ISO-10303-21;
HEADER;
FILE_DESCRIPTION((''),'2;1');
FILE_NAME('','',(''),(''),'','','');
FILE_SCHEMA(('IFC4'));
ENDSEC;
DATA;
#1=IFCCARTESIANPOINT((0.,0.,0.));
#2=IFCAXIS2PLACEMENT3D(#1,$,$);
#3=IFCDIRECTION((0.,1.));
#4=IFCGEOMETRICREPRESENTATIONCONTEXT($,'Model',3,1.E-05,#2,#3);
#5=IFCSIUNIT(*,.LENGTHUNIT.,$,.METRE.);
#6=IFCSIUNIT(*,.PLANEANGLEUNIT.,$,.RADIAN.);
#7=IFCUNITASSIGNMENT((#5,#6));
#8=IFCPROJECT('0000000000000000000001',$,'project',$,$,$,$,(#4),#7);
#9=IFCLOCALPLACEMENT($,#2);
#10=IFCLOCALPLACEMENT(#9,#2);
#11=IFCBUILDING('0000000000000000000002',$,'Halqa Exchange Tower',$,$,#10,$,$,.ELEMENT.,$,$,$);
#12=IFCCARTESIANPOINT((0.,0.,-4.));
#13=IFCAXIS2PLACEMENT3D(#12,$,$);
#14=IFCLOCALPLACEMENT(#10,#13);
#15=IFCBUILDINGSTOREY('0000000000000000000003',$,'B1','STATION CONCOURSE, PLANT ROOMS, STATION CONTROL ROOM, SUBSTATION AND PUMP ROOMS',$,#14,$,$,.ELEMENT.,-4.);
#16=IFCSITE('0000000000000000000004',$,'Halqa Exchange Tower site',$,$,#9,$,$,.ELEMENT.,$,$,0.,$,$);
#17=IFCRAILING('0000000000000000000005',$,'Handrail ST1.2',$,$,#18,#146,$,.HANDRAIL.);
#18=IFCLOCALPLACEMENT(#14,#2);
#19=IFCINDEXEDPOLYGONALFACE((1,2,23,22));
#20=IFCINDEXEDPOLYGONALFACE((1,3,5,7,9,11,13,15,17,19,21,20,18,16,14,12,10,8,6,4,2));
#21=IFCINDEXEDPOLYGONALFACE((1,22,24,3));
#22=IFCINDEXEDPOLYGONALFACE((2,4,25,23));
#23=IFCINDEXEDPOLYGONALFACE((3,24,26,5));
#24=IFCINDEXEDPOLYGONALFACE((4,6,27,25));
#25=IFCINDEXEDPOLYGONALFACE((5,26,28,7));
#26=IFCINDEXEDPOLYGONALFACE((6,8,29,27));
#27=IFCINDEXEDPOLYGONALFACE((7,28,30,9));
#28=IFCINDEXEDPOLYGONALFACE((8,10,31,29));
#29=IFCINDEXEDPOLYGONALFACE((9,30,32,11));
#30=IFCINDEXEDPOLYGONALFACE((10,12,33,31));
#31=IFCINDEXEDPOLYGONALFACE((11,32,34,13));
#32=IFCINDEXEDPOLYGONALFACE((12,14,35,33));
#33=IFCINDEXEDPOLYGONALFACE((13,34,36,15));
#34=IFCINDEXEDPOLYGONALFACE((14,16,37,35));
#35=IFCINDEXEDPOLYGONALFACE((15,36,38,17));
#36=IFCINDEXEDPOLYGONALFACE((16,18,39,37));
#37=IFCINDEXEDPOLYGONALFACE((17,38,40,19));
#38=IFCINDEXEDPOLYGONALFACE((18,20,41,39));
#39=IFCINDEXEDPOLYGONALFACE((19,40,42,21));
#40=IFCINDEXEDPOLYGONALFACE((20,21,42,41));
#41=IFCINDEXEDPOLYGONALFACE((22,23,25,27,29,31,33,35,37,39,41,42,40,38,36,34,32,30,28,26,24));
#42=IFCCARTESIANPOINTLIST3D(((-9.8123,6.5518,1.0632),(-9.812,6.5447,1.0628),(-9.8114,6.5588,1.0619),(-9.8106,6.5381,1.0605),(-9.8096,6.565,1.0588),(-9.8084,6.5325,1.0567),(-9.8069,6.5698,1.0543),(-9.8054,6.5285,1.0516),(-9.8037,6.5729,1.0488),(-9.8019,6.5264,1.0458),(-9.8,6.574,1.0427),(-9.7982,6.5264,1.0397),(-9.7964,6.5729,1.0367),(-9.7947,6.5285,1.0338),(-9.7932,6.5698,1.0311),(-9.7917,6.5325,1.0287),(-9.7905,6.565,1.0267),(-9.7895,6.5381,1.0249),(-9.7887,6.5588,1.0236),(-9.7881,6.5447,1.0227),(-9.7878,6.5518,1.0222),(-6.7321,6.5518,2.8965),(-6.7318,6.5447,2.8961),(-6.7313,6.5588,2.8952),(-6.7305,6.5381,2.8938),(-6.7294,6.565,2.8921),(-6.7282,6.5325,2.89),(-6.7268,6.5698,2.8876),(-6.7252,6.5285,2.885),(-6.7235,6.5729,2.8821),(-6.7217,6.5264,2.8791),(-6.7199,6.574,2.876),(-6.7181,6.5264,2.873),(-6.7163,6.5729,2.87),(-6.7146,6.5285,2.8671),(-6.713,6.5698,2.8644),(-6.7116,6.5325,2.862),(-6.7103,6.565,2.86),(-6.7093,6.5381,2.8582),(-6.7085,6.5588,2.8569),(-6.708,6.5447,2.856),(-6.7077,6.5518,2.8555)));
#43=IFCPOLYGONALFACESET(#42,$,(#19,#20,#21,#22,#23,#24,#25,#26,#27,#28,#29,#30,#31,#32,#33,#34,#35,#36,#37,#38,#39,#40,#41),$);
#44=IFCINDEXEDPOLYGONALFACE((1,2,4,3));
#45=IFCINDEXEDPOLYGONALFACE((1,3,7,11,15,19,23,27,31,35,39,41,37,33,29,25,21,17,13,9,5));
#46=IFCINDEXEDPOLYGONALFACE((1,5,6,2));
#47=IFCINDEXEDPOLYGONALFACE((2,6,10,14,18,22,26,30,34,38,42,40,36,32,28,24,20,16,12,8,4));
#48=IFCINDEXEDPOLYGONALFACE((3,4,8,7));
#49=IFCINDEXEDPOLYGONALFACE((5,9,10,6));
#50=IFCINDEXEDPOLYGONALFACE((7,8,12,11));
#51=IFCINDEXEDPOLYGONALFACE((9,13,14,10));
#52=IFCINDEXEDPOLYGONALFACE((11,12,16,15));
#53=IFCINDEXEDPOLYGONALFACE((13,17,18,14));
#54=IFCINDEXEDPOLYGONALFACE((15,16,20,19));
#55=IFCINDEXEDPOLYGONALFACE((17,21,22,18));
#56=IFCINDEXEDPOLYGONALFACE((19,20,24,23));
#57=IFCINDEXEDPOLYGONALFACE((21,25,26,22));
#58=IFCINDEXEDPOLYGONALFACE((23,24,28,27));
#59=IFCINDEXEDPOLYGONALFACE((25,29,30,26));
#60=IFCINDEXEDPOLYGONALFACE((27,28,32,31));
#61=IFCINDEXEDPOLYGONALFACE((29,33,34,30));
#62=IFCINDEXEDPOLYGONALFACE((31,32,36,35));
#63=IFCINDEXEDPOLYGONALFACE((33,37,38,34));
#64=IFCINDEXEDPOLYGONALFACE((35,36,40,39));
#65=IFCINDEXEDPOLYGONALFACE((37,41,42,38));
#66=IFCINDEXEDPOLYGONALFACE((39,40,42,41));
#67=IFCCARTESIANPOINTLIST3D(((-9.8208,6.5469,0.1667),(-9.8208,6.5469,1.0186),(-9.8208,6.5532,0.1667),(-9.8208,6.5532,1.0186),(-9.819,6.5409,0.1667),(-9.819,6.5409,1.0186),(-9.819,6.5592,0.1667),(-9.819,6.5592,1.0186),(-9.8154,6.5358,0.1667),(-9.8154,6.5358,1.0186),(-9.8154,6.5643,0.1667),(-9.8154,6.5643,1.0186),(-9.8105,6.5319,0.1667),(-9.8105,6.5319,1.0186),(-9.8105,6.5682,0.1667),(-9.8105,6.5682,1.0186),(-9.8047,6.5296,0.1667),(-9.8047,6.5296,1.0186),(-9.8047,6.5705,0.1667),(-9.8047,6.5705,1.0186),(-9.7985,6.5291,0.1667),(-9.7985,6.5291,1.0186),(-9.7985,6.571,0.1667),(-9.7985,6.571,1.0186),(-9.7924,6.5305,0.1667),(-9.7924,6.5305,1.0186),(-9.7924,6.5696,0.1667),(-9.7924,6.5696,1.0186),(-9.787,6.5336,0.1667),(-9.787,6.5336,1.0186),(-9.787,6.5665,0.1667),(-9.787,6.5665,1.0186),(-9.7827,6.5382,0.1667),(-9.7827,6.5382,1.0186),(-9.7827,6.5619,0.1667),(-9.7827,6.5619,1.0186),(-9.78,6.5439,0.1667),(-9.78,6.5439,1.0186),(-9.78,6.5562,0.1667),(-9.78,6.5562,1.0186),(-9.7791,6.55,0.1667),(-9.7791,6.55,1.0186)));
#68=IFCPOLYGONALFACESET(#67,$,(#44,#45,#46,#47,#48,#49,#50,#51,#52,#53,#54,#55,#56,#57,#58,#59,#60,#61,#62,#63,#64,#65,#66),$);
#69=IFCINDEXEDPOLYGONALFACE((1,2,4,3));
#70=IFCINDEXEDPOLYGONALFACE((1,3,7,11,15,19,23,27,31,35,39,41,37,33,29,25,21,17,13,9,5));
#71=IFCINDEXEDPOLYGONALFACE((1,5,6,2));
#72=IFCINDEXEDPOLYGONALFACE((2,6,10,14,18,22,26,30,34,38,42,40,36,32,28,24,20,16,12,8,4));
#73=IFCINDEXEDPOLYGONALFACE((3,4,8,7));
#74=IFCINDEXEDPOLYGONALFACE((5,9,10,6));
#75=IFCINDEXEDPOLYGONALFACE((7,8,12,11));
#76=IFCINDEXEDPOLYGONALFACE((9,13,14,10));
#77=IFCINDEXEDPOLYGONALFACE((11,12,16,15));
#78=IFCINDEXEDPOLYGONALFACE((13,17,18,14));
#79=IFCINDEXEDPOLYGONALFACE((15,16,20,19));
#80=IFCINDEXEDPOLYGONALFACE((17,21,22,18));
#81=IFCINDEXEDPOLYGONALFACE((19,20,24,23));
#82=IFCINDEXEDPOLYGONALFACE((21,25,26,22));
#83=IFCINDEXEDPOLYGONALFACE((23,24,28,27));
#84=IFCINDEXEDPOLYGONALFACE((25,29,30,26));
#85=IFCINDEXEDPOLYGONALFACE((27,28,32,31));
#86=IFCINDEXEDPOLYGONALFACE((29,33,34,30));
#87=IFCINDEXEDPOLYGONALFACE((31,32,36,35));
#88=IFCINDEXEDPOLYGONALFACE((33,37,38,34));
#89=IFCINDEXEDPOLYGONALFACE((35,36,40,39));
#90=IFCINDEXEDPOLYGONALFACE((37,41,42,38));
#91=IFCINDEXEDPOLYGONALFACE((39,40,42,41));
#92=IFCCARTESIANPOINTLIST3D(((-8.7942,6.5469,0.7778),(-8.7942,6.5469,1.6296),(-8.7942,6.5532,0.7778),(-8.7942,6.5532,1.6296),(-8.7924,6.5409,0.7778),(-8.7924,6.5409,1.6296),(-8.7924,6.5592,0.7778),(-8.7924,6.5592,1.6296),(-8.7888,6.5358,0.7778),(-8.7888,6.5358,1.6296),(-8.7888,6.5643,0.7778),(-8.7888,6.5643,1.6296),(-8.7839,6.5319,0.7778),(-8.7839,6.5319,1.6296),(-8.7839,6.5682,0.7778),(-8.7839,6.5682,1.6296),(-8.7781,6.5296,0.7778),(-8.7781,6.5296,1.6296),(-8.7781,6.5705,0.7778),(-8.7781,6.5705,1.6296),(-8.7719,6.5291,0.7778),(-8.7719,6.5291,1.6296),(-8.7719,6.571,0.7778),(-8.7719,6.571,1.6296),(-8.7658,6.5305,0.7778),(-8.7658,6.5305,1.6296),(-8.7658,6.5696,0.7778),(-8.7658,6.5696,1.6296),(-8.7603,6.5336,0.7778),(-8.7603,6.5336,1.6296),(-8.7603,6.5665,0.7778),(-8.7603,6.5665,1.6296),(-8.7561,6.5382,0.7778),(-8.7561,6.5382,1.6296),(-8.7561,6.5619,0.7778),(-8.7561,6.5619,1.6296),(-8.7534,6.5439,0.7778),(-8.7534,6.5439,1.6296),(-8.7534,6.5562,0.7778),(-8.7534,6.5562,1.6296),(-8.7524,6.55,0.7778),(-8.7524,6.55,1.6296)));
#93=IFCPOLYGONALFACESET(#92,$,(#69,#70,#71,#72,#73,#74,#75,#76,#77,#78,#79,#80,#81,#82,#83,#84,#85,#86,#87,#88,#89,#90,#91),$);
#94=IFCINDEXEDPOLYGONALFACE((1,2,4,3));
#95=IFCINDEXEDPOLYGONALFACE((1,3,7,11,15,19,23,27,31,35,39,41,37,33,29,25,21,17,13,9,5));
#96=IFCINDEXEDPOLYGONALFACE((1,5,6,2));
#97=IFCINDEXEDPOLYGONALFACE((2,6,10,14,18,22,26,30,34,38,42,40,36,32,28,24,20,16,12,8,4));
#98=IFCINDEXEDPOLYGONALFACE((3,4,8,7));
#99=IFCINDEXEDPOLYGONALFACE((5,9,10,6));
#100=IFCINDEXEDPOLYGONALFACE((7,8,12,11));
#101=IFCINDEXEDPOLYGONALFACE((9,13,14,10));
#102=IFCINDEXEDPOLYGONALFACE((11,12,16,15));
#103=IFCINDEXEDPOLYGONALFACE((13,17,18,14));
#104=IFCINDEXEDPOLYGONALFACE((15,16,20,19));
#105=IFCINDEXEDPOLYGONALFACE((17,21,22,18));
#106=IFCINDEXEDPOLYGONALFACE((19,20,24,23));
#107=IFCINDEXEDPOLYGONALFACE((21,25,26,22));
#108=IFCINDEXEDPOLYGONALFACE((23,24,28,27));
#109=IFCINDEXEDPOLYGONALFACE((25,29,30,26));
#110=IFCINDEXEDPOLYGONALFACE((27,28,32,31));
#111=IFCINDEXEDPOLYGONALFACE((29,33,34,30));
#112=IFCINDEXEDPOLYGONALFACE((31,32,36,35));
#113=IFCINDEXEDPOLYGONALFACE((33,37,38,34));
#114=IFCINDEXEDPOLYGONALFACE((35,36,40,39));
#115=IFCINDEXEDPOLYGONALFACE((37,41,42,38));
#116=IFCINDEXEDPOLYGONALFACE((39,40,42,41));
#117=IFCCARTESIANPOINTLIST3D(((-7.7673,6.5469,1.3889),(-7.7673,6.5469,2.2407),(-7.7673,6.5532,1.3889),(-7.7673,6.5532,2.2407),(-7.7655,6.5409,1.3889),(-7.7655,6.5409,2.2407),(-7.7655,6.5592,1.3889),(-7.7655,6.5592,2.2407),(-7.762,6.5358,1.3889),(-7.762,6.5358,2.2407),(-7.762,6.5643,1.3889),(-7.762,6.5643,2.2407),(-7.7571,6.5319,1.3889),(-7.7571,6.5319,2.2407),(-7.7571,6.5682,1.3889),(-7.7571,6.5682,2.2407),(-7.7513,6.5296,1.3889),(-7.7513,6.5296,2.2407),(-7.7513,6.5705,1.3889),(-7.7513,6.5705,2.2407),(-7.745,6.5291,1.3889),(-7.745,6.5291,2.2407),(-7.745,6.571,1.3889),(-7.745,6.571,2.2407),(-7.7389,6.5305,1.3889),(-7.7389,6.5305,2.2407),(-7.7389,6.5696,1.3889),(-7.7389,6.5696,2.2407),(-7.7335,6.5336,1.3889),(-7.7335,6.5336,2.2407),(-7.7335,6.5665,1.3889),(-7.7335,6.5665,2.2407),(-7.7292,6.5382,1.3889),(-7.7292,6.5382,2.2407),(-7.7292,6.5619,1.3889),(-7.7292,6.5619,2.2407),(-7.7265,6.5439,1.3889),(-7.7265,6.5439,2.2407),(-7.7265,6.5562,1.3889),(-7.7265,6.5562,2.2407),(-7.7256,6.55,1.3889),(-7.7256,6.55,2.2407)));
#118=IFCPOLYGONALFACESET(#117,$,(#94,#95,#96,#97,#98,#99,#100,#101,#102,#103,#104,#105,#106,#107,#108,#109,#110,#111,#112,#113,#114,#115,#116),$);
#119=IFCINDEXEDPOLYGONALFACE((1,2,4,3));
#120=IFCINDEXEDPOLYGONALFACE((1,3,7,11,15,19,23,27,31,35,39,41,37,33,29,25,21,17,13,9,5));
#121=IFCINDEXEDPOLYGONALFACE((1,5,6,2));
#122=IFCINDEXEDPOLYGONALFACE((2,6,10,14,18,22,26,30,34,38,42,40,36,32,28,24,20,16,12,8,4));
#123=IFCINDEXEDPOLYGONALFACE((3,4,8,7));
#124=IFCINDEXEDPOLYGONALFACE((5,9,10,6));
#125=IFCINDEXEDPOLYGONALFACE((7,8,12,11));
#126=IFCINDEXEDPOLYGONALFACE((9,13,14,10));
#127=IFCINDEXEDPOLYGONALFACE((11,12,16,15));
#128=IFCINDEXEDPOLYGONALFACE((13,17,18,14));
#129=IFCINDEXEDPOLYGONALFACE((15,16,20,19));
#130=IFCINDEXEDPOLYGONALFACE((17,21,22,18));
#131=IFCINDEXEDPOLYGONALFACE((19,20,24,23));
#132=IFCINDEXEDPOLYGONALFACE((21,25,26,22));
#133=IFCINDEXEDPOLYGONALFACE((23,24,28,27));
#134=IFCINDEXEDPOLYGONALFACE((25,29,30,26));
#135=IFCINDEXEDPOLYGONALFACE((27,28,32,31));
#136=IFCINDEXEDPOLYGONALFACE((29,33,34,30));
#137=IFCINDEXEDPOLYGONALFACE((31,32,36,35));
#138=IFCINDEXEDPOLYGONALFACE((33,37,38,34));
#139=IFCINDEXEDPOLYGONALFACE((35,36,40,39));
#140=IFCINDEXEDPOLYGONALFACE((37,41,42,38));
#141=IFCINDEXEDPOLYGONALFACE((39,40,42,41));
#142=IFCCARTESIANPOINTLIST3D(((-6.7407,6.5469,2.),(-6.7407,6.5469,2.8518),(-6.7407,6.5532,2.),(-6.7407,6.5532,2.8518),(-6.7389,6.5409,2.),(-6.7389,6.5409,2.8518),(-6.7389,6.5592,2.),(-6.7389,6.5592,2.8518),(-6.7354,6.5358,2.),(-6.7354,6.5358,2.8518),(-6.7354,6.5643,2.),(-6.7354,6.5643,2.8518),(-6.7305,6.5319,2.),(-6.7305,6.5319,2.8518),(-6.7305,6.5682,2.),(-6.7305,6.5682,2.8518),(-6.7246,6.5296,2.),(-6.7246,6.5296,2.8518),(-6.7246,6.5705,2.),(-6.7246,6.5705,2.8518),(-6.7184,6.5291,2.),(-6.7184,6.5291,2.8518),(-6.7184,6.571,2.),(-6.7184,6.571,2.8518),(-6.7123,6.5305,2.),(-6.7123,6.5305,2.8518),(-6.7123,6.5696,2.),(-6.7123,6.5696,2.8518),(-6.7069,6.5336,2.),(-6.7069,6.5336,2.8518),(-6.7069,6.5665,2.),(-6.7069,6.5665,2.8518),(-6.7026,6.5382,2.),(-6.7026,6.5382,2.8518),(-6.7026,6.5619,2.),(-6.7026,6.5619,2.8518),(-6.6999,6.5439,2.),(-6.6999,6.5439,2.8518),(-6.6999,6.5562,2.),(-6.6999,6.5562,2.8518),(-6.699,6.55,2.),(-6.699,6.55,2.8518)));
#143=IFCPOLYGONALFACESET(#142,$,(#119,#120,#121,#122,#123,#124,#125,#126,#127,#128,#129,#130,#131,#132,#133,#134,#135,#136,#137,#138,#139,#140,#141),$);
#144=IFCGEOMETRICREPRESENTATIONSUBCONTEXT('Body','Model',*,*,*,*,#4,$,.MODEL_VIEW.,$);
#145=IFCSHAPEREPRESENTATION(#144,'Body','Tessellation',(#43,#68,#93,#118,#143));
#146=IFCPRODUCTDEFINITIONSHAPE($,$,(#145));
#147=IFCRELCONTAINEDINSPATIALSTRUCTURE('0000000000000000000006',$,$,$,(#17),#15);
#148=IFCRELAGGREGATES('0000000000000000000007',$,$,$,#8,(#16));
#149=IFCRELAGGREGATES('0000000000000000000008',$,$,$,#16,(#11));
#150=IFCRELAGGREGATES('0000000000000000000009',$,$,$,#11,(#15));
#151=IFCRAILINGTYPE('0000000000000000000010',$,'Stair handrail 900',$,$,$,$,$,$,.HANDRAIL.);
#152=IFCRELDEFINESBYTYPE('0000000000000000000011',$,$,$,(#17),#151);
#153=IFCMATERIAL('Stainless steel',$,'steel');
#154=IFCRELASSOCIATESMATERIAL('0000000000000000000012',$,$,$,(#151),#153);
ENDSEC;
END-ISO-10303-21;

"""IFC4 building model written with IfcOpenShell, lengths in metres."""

from ifc_helpers import new_model, si_unit, direction, frame, origin, origin_2d, place, context, subcontext, project, spatial, circle, extrude, material, type_object, element, save


model = new_model("IFC4")

# Units and contexts
model_context = context("Model", 3, precision=1e-05, world=origin(), true_north=direction((0.0, 1.0)))
body_context = subcontext(model_context, "Body", "Model", "MODEL_VIEW")
ifc_project = project(units=[si_unit("LENGTHUNIT", "METRE"), si_unit("PLANEANGLEUNIT", "RADIAN")], contexts=[model_context])

# Site, building, storey
site_placement = place(None, origin())
site = spatial("IfcSite", under=ifc_project, at=site_placement, Name="Halqa Exchange Tower site", CompositionType="ELEMENT", RefElevation=0.0)
building_placement = place(site_placement, origin())
building = spatial("IfcBuilding", under=site, at=building_placement, Name="Halqa Exchange Tower", CompositionType="ELEMENT")
storey_placement = place(building_placement, frame((0.0, 0.0, -4.0)))
storey = spatial("IfcBuildingStorey", under=building, at=storey_placement, Name="B1", Description="STATION CONCOURSE, PLANT ROOMS, STATION CONTROL ROOM, SUBSTATION AND PUMP ROOMS", CompositionType="ELEMENT", Elevation=-4.0)

# Shared definitions
ifc_material_1 = material(Name="Stainless steel", Category="steel")

# Railing
railing_type = type_object("IfcRailingType", Name="Stair handrail 900", PredefinedType="HANDRAIL", material=ifc_material_1)
railing_placement = place(storey_placement, frame((-9.8, 6.55, 0.1667)))
element("IfcRailing", 1, at=railing_placement, inside=storey, type_object=railing_type, Name="Handrail ST1.2", PredefinedType="HANDRAIL", context=body_context, shape_type="SweptSolid", body=[
    extrude(circle(Radius=0.0239, at=origin_2d()), frame((0.0, 0.0, 0.876), z_axis=(0.859309, 0.0, 0.511458), x_axis=(0.0, 1.0, 0.0)), (0.0, 0.0, 1.0), 3.5845),
    extrude(circle(Radius=0.021, at=origin_2d()), origin(), (0.0, 0.0, 1.0), 0.8518),
    extrude(circle(Radius=0.021, at=origin_2d()), frame((1.0266, 0.0, 0.6111)), (0.0, 0.0, 1.0), 0.8518),
    extrude(circle(Radius=0.021, at=origin_2d()), frame((2.0535, 0.0, 1.2222)), (0.0, 0.0, 1.0), 0.8518),
    extrude(circle(Radius=0.021, at=origin_2d()), frame((3.0801, 0.0, 1.8333)), (0.0, 0.0, 1.0), 0.8518),
])

save(model, "model.ifc")
